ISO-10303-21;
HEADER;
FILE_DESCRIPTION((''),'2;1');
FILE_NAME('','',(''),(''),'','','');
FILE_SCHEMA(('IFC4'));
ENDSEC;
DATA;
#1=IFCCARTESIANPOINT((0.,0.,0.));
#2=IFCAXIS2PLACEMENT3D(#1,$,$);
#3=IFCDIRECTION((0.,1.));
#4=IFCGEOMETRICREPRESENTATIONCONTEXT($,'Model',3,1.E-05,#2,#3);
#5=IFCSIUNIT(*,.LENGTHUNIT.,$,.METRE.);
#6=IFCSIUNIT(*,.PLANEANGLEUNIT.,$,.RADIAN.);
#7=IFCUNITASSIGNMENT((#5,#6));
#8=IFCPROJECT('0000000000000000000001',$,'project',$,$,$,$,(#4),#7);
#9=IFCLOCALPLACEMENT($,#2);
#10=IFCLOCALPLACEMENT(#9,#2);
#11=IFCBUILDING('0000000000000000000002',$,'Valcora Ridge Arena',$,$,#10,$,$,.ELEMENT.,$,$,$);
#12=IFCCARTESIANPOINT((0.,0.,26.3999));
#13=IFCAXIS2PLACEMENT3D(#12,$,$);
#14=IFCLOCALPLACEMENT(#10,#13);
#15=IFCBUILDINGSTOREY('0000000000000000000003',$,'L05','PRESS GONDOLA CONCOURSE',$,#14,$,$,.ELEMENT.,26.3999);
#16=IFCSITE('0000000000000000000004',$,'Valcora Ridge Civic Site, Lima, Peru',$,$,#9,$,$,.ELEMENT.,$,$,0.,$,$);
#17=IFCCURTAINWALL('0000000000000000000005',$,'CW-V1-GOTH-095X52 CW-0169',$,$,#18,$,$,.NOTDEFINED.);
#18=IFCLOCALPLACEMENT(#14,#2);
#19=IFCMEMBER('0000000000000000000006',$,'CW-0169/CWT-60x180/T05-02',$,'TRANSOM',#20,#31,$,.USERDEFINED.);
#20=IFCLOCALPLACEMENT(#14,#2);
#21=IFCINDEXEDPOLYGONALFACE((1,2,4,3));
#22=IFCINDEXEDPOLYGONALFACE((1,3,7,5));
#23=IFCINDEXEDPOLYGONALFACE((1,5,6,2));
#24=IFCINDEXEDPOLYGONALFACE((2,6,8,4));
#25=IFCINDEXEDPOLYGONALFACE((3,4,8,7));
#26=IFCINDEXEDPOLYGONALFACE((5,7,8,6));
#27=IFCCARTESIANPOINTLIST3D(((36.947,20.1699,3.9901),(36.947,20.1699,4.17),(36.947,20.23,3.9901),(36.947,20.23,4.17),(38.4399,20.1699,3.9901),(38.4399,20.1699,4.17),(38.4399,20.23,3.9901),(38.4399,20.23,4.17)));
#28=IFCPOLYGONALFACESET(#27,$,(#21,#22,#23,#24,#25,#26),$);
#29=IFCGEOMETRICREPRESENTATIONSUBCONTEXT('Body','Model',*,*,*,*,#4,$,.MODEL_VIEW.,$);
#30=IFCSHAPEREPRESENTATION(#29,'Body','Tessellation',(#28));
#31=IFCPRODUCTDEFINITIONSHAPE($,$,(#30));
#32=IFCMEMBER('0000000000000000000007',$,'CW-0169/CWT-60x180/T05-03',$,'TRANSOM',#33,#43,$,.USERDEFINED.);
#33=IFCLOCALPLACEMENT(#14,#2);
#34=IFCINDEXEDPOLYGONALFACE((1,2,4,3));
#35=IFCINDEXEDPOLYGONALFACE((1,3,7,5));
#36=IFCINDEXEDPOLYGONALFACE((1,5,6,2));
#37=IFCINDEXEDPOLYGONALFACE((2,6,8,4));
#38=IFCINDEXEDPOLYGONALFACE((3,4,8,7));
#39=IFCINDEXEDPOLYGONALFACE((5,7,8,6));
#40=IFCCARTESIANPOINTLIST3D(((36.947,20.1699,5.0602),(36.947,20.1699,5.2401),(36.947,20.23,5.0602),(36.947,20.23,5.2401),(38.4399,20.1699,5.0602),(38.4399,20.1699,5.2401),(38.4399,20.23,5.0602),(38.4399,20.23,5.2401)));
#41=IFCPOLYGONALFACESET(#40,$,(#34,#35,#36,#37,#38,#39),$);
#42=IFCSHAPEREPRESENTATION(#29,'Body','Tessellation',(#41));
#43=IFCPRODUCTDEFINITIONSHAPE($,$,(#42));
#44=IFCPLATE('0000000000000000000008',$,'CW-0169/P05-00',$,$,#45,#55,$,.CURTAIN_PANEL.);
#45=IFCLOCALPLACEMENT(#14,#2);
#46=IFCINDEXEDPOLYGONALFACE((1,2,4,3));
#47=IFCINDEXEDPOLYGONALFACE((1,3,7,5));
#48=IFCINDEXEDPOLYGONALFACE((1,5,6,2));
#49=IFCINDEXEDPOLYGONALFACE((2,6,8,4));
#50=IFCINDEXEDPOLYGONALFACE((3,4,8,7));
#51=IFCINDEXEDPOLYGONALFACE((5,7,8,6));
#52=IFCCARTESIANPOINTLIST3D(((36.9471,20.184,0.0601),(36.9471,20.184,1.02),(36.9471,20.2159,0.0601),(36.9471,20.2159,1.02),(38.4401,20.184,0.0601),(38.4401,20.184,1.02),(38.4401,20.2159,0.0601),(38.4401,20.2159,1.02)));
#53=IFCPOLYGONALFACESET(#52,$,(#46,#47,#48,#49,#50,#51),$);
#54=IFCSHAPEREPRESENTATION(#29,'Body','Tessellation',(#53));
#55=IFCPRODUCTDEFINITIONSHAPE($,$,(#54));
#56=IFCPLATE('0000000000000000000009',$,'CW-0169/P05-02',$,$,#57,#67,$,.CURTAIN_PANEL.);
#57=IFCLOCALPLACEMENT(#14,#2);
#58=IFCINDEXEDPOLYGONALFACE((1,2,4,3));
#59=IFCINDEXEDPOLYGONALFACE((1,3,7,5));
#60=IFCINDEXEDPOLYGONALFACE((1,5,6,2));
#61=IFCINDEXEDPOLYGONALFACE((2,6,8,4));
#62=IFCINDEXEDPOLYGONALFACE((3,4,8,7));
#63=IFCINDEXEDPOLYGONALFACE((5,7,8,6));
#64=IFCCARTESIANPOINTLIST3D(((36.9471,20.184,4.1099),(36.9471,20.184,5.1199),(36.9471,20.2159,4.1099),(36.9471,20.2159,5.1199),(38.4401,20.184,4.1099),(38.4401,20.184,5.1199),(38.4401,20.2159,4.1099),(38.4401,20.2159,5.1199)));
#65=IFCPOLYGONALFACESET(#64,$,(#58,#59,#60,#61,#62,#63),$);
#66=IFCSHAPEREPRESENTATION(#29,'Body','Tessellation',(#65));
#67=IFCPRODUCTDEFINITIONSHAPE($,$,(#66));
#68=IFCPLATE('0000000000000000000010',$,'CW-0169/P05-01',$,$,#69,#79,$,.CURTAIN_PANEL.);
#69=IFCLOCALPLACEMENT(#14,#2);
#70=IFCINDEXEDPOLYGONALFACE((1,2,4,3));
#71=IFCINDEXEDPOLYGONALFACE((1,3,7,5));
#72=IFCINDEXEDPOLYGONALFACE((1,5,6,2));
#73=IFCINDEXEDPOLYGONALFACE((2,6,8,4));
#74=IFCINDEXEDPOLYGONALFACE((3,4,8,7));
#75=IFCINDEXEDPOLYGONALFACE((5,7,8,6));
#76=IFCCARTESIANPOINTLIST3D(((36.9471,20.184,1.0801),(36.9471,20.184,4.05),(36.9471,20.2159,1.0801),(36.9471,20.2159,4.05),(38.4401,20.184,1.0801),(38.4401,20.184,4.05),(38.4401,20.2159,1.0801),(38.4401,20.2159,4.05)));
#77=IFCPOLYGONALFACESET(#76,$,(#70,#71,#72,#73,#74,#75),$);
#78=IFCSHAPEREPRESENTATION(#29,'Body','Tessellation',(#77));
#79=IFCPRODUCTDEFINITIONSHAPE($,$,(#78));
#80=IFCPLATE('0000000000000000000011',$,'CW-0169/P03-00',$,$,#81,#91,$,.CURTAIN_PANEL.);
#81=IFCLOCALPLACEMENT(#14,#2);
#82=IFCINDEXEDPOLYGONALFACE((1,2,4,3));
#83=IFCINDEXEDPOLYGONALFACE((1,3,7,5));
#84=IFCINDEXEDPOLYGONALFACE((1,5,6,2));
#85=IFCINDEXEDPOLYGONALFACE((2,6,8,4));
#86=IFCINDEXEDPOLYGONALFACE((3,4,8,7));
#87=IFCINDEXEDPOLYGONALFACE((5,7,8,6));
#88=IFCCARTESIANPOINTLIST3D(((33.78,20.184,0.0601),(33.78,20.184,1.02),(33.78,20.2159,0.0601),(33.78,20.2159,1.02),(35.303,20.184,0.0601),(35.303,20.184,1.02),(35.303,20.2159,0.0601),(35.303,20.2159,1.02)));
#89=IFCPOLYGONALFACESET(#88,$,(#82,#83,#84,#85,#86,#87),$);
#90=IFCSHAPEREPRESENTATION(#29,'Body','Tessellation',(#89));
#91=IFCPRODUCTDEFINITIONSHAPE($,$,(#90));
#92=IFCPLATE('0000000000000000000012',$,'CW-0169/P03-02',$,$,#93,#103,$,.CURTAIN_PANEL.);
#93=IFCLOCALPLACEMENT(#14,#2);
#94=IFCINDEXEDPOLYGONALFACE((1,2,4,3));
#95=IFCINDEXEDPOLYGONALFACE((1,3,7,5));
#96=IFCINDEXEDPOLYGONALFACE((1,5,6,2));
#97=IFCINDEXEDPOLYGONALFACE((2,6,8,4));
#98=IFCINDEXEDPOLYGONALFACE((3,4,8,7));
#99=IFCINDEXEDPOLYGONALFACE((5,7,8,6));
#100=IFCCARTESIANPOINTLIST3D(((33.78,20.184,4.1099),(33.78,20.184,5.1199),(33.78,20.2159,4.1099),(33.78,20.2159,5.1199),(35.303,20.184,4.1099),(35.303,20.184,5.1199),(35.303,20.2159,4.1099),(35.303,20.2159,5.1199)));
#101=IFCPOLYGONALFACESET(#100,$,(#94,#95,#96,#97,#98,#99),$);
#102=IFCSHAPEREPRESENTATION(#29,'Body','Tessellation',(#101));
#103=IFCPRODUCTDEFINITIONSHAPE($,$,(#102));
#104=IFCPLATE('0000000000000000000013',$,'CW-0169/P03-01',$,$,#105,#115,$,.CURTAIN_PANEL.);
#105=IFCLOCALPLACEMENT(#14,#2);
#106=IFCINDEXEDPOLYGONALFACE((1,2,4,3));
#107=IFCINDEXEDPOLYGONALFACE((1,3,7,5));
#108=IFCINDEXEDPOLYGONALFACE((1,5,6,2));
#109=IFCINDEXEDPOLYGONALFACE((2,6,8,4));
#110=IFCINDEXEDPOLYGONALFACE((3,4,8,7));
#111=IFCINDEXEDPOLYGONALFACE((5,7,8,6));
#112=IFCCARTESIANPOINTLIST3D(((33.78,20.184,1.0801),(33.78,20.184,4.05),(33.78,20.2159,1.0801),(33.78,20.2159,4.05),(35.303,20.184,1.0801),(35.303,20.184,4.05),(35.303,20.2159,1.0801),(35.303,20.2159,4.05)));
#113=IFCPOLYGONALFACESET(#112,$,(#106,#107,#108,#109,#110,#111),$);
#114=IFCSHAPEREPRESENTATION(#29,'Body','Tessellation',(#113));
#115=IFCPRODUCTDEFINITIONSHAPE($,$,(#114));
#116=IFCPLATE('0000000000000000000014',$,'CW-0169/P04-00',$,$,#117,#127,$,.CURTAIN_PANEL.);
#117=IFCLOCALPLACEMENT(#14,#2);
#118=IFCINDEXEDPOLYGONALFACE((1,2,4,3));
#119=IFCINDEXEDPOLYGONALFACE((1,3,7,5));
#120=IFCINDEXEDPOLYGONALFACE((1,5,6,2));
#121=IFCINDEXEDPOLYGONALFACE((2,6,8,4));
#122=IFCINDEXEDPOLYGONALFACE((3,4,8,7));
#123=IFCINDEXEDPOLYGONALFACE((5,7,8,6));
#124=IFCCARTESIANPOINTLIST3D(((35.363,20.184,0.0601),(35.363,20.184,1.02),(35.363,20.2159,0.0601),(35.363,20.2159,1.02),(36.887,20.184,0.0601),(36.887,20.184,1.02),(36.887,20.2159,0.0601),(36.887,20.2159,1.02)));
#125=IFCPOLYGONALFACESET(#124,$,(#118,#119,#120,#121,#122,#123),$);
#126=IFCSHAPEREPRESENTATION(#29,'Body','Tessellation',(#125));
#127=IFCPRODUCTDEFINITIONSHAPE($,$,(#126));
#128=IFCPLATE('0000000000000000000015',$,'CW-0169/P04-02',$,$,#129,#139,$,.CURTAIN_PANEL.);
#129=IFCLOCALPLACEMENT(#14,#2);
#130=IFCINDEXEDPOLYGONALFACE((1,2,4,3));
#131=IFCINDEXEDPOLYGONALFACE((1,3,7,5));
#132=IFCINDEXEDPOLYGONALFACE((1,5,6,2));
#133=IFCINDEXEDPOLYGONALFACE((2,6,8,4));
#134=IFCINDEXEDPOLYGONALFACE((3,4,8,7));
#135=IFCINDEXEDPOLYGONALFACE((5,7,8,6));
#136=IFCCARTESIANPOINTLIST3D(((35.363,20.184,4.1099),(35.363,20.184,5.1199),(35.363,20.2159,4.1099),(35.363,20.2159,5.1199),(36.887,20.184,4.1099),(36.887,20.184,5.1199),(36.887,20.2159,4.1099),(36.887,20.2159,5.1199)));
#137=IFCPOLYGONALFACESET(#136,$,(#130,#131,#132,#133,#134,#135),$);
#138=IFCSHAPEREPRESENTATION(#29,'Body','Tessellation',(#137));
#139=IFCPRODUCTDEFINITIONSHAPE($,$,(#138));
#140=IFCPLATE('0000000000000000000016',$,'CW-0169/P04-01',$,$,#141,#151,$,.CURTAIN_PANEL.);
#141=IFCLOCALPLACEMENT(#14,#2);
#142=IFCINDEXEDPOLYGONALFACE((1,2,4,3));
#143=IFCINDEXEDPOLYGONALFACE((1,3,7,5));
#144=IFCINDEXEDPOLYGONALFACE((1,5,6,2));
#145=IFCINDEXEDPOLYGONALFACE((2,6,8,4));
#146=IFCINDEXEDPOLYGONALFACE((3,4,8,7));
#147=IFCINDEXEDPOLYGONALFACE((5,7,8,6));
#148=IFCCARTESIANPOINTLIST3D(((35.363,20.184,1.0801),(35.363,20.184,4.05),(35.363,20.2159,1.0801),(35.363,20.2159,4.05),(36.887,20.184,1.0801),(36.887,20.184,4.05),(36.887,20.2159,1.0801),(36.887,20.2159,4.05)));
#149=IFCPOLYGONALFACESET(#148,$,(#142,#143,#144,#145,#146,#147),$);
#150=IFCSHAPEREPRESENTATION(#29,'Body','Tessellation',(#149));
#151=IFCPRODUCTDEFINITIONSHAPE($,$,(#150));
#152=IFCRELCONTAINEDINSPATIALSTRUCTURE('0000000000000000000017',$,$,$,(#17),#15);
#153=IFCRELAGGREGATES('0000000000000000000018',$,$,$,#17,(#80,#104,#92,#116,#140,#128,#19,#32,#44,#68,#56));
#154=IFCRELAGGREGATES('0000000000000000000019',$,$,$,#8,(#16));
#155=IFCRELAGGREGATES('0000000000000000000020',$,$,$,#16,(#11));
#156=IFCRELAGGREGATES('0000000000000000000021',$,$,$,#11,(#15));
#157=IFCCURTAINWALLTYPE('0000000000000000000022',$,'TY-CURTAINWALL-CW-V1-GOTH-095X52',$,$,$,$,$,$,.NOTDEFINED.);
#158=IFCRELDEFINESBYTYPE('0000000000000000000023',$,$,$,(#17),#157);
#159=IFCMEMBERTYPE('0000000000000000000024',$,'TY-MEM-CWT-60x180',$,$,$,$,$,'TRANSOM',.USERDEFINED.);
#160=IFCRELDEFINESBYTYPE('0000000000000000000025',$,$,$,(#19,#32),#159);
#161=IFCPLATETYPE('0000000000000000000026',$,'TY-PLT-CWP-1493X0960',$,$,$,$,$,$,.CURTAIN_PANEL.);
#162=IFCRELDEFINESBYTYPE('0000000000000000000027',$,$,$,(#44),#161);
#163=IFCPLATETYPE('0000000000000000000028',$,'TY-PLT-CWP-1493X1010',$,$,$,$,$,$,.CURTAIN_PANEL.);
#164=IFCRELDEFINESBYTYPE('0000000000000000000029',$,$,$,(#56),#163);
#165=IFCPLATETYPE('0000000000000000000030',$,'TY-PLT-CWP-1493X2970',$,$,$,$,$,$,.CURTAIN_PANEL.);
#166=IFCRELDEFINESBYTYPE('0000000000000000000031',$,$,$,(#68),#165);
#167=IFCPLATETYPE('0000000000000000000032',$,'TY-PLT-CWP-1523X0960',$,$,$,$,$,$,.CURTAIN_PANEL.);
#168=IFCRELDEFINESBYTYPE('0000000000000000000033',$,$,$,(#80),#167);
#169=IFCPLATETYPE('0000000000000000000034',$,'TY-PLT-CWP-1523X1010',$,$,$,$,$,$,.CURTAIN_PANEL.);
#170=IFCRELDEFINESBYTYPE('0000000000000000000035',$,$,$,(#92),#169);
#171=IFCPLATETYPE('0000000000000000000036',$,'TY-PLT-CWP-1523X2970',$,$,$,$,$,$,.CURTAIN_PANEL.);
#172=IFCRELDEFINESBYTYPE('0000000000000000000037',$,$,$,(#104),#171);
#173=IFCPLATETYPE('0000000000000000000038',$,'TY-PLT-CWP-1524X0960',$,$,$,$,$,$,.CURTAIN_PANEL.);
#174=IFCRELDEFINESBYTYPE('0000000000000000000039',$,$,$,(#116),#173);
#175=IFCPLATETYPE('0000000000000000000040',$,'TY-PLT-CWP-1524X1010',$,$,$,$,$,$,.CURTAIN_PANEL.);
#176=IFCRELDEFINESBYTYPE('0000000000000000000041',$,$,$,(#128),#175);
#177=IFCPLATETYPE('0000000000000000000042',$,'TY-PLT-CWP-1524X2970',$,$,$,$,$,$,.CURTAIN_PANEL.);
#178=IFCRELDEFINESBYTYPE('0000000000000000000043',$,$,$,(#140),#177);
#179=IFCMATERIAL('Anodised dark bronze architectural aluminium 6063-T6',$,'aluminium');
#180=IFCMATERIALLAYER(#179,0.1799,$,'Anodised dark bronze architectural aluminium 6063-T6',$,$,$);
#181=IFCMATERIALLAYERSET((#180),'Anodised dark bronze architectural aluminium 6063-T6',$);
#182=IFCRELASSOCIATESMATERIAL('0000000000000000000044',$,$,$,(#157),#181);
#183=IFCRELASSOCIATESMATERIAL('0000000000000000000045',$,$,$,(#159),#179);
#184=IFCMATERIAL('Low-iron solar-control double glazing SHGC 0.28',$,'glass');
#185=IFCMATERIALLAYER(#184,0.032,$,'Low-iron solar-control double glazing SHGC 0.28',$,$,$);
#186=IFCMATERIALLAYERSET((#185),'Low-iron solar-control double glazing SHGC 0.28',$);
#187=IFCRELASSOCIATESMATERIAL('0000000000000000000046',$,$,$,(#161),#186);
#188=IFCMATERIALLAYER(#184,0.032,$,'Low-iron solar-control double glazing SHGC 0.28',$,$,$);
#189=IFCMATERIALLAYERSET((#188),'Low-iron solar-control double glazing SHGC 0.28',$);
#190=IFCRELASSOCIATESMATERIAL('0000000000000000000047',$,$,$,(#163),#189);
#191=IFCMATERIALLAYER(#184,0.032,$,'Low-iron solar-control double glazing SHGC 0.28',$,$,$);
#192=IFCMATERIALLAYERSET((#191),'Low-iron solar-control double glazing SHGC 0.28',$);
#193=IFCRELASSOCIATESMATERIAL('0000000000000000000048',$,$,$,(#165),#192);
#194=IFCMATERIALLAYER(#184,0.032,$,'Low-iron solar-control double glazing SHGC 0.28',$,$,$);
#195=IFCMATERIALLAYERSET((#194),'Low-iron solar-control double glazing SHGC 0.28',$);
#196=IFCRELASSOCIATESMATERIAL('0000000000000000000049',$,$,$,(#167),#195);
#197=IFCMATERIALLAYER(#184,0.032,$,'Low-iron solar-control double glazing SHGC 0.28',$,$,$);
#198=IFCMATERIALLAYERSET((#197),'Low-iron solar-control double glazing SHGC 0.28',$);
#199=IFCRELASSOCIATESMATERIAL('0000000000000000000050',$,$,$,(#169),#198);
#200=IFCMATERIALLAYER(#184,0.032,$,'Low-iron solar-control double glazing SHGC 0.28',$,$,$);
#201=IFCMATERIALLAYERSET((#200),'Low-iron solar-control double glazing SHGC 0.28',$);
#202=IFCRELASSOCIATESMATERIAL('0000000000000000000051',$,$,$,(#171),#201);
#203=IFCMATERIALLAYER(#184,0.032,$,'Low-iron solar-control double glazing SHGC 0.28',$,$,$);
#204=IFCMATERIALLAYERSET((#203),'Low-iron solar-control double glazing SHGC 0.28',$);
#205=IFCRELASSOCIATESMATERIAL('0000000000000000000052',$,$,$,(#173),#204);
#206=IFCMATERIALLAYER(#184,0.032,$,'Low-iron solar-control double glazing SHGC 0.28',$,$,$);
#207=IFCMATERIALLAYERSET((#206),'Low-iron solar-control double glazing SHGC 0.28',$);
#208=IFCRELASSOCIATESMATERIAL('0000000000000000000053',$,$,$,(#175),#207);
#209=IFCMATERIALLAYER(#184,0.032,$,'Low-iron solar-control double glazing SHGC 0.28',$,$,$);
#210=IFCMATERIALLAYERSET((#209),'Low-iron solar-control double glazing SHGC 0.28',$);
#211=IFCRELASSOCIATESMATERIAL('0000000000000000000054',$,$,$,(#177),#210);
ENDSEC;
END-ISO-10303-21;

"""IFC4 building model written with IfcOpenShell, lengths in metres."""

from ifc_helpers import new_model, si_unit, direction, frame, origin, origin_2d, place, context, subcontext, project, spatial, rectangle, extrude, material, layer, layer_set, material_profile, profile_set, type_object, element, aggregate, save


model = new_model("IFC4")

# Units and contexts
model_context = context("Model", 3, precision=1e-05, world=origin(), true_north=direction((0.0, 1.0)))
body_context = subcontext(model_context, "Body", "Model", "MODEL_VIEW")
ifc_project = project(units=[si_unit("LENGTHUNIT", "METRE"), si_unit("PLANEANGLEUNIT", "RADIAN")], contexts=[model_context])

# Site, building, storey
site_placement = place(None, origin())
site = spatial("IfcSite", under=ifc_project, at=site_placement, Name="Valcora Ridge Civic Site, Lima, Peru", CompositionType="ELEMENT", RefElevation=0.0)
building_placement = place(site_placement, origin())
building = spatial("IfcBuilding", under=site, at=building_placement, Name="Valcora Ridge Arena", CompositionType="ELEMENT")
storey_placement = place(building_placement, frame((0.0, 0.0, 26.3999)))
storey = spatial("IfcBuildingStorey", under=building, at=storey_placement, Name="L05", Description="PRESS GONDOLA CONCOURSE", CompositionType="ELEMENT", Elevation=26.3999)

# Shared definitions
ifc_material_1 = material(Name="Anodised dark bronze architectural aluminium 6063-T6", Category="aluminium")

# Curtain wall
ifc_layer_1 = layer(ifc_material_1, 0.1799, Name="Anodised dark bronze architectural aluminium 6063-T6")
ifc_layer_set_1 = layer_set([ifc_layer_1], Name="Anodised dark bronze architectural aluminium 6063-T6")
curtain_wall_type_1 = type_object("IfcCurtainWallType", Name="TY-CURTAINWALL-CW-V1-GOTH-095X52", PredefinedType="NOTDEFINED", material=ifc_layer_set_1)
curtain_wall_1_placement = place(storey_placement, origin())
curtain_wall_1 = element("IfcCurtainWall", 1, at=curtain_wall_1_placement, inside=storey, type_object=curtain_wall_type_1, Name="CW-V1-GOTH-095X52 CW-0169", PredefinedType="NOTDEFINED")

# Members
ifc_material_profile_1 = material_profile(ifc_material_1, rectangle(XDim=0.0601, YDim=0.1799, at=origin_2d()), Name="ALU TRANSOM 60x180")
ifc_profile_set_1 = profile_set([ifc_material_profile_1], Name="Anodised dark bronze architectural aluminium 6063-T6")
member_type_1 = type_object("IfcMemberType", Name="TY-MEM-CWT-60x180", ElementType="TRANSOM", PredefinedType="USERDEFINED", material=ifc_profile_set_1)
member_1_placement = place(storey_placement, frame((36.947, 20.2, 4.0801), z_axis=(1.0, 0.0, 0.0), x_axis=(0.0, 1.0, 0.0)))
member_1 = element("IfcMember", 2, at=member_1_placement, type_object=member_type_1, Name="CW-0169/CWT-60x180/T05-02", ObjectType="TRANSOM", PredefinedType="USERDEFINED", context=body_context, shape_type="SweptSolid", body=[
    extrude(rectangle(XDim=0.0601, YDim=0.1799, at=origin_2d()), origin(), (0.0, 0.0, 1.0), 1.4929),
])
member_2_placement = place(storey_placement, frame((36.947, 20.2, 5.1501), z_axis=(1.0, 0.0, 0.0), x_axis=(0.0, 1.0, 0.0)))
member_2 = element("IfcMember", 3, at=member_2_placement, type_object=member_type_1, Name="CW-0169/CWT-60x180/T05-03", ObjectType="TRANSOM", PredefinedType="USERDEFINED", context=body_context, shape_type="SweptSolid", body=[
    extrude(rectangle(XDim=0.0601, YDim=0.1799, at=origin_2d()), origin(), (0.0, 0.0, 1.0), 1.4929),
])

# Plates
ifc_material_2 = material(Name="Low-iron solar-control double glazing SHGC 0.28", Category="glass")
ifc_layer_2 = layer(ifc_material_2, 0.032, Name="Low-iron solar-control double glazing SHGC 0.28")
ifc_layer_set_2 = layer_set([ifc_layer_2], Name="Low-iron solar-control double glazing SHGC 0.28")
plate_type_1 = type_object("IfcPlateType", Name="TY-PLT-CWP-1493X0960", PredefinedType="CURTAIN_PANEL", material=ifc_layer_set_2)
plate_1_placement = place(storey_placement, frame((37.6936, 20.2, 0.0601), z_axis=(0.0, 0.0, 1.0), x_axis=(1.0, 0.0, 0.0)))
plate_1 = element("IfcPlate", 4, at=plate_1_placement, type_object=plate_type_1, Name="CW-0169/P05-00", PredefinedType="CURTAIN_PANEL", context=body_context, shape_type="SweptSolid", body=[
    extrude(rectangle(XDim=1.4929, YDim=0.032, at=origin_2d()), origin(), (0.0, 0.0, 1.0), 0.96),
])
ifc_layer_3 = layer(ifc_material_2, 0.032, Name="Low-iron solar-control double glazing SHGC 0.28")
ifc_layer_set_3 = layer_set([ifc_layer_3], Name="Low-iron solar-control double glazing SHGC 0.28")
plate_type_2 = type_object("IfcPlateType", Name="TY-PLT-CWP-1493X1010", PredefinedType="CURTAIN_PANEL", material=ifc_layer_set_3)
plate_2_placement = place(storey_placement, frame((37.6936, 20.2, 4.1099), z_axis=(0.0, 0.0, 1.0), x_axis=(1.0, 0.0, 0.0)))
plate_2 = element("IfcPlate", 5, at=plate_2_placement, type_object=plate_type_2, Name="CW-0169/P05-02", PredefinedType="CURTAIN_PANEL", context=body_context, shape_type="SweptSolid", body=[
    extrude(rectangle(XDim=1.4929, YDim=0.032, at=origin_2d()), origin(), (0.0, 0.0, 1.0), 1.01),
])
ifc_layer_4 = layer(ifc_material_2, 0.032, Name="Low-iron solar-control double glazing SHGC 0.28")
ifc_layer_set_4 = layer_set([ifc_layer_4], Name="Low-iron solar-control double glazing SHGC 0.28")
plate_type_3 = type_object("IfcPlateType", Name="TY-PLT-CWP-1493X2970", PredefinedType="CURTAIN_PANEL", material=ifc_layer_set_4)
plate_3_placement = place(storey_placement, frame((37.6936, 20.2, 1.0801), z_axis=(0.0, 0.0, 1.0), x_axis=(1.0, 0.0, 0.0)))
plate_3 = element("IfcPlate", 6, at=plate_3_placement, type_object=plate_type_3, Name="CW-0169/P05-01", PredefinedType="CURTAIN_PANEL", context=body_context, shape_type="SweptSolid", body=[
    extrude(rectangle(XDim=1.4929, YDim=0.032, at=origin_2d()), origin(), (0.0, 0.0, 1.0), 2.97),
])
ifc_layer_5 = layer(ifc_material_2, 0.032, Name="Low-iron solar-control double glazing SHGC 0.28")
ifc_layer_set_5 = layer_set([ifc_layer_5], Name="Low-iron solar-control double glazing SHGC 0.28")
plate_type_4 = type_object("IfcPlateType", Name="TY-PLT-CWP-1523X0960", PredefinedType="CURTAIN_PANEL", material=ifc_layer_set_5)
plate_4_placement = place(storey_placement, frame((34.5415, 20.2, 0.0601), z_axis=(0.0, 0.0, 1.0), x_axis=(1.0, 0.0, 0.0)))
plate_4 = element("IfcPlate", 7, at=plate_4_placement, type_object=plate_type_4, Name="CW-0169/P03-00", PredefinedType="CURTAIN_PANEL", context=body_context, shape_type="SweptSolid", body=[
    extrude(rectangle(XDim=1.5229, YDim=0.032, at=origin_2d()), origin(), (0.0, 0.0, 1.0), 0.96),
])
ifc_layer_6 = layer(ifc_material_2, 0.032, Name="Low-iron solar-control double glazing SHGC 0.28")
ifc_layer_set_6 = layer_set([ifc_layer_6], Name="Low-iron solar-control double glazing SHGC 0.28")
plate_type_5 = type_object("IfcPlateType", Name="TY-PLT-CWP-1523X1010", PredefinedType="CURTAIN_PANEL", material=ifc_layer_set_6)
plate_5_placement = place(storey_placement, frame((34.5415, 20.2, 4.1099), z_axis=(0.0, 0.0, 1.0), x_axis=(1.0, 0.0, 0.0)))
plate_5 = element("IfcPlate", 8, at=plate_5_placement, type_object=plate_type_5, Name="CW-0169/P03-02", PredefinedType="CURTAIN_PANEL", context=body_context, shape_type="SweptSolid", body=[
    extrude(rectangle(XDim=1.5229, YDim=0.032, at=origin_2d()), origin(), (0.0, 0.0, 1.0), 1.01),
])
ifc_layer_7 = layer(ifc_material_2, 0.032, Name="Low-iron solar-control double glazing SHGC 0.28")
ifc_layer_set_7 = layer_set([ifc_layer_7], Name="Low-iron solar-control double glazing SHGC 0.28")
plate_type_6 = type_object("IfcPlateType", Name="TY-PLT-CWP-1523X2970", PredefinedType="CURTAIN_PANEL", material=ifc_layer_set_7)
plate_6_placement = place(storey_placement, frame((34.5415, 20.2, 1.0801), z_axis=(0.0, 0.0, 1.0), x_axis=(1.0, 0.0, 0.0)))
plate_6 = element("IfcPlate", 9, at=plate_6_placement, type_object=plate_type_6, Name="CW-0169/P03-01", PredefinedType="CURTAIN_PANEL", context=body_context, shape_type="SweptSolid", body=[
    extrude(rectangle(XDim=1.5229, YDim=0.032, at=origin_2d()), origin(), (0.0, 0.0, 1.0), 2.97),
])
ifc_layer_8 = layer(ifc_material_2, 0.032, Name="Low-iron solar-control double glazing SHGC 0.28")
ifc_layer_set_8 = layer_set([ifc_layer_8], Name="Low-iron solar-control double glazing SHGC 0.28")
plate_type_7 = type_object("IfcPlateType", Name="TY-PLT-CWP-1524X0960", PredefinedType="CURTAIN_PANEL", material=ifc_layer_set_8)
plate_7_placement = place(storey_placement, frame((36.125, 20.2, 0.0601), z_axis=(0.0, 0.0, 1.0), x_axis=(1.0, 0.0, 0.0)))
plate_7 = element("IfcPlate", 10, at=plate_7_placement, type_object=plate_type_7, Name="CW-0169/P04-00", PredefinedType="CURTAIN_PANEL", context=body_context, shape_type="SweptSolid", body=[
    extrude(rectangle(XDim=1.5239, YDim=0.032, at=origin_2d()), origin(), (0.0, 0.0, 1.0), 0.96),
])
ifc_layer_9 = layer(ifc_material_2, 0.032, Name="Low-iron solar-control double glazing SHGC 0.28")
ifc_layer_set_9 = layer_set([ifc_layer_9], Name="Low-iron solar-control double glazing SHGC 0.28")
plate_type_8 = type_object("IfcPlateType", Name="TY-PLT-CWP-1524X1010", PredefinedType="CURTAIN_PANEL", material=ifc_layer_set_9)
plate_8_placement = place(storey_placement, frame((36.125, 20.2, 4.1099), z_axis=(0.0, 0.0, 1.0), x_axis=(1.0, 0.0, 0.0)))
plate_8 = element("IfcPlate", 11, at=plate_8_placement, type_object=plate_type_8, Name="CW-0169/P04-02", PredefinedType="CURTAIN_PANEL", context=body_context, shape_type="SweptSolid", body=[
    extrude(rectangle(XDim=1.5239, YDim=0.032, at=origin_2d()), origin(), (0.0, 0.0, 1.0), 1.01),
])
ifc_layer_10 = layer(ifc_material_2, 0.032, Name="Low-iron solar-control double glazing SHGC 0.28")
ifc_layer_set_10 = layer_set([ifc_layer_10], Name="Low-iron solar-control double glazing SHGC 0.28")
plate_type_9 = type_object("IfcPlateType", Name="TY-PLT-CWP-1524X2970", PredefinedType="CURTAIN_PANEL", material=ifc_layer_set_10)
plate_9_placement = place(storey_placement, frame((36.125, 20.2, 1.0801), z_axis=(0.0, 0.0, 1.0), x_axis=(1.0, 0.0, 0.0)))
plate_9 = element("IfcPlate", 12, at=plate_9_placement, type_object=plate_type_9, Name="CW-0169/P04-01", PredefinedType="CURTAIN_PANEL", context=body_context, shape_type="SweptSolid", body=[
    extrude(rectangle(XDim=1.5239, YDim=0.032, at=origin_2d()), origin(), (0.0, 0.0, 1.0), 2.97),
])
aggregate(curtain_wall_1, [plate_4, plate_6, plate_5, plate_7, plate_9, plate_8, member_1, member_2, plate_1, plate_3, plate_2])

save(model, "model.ifc")
